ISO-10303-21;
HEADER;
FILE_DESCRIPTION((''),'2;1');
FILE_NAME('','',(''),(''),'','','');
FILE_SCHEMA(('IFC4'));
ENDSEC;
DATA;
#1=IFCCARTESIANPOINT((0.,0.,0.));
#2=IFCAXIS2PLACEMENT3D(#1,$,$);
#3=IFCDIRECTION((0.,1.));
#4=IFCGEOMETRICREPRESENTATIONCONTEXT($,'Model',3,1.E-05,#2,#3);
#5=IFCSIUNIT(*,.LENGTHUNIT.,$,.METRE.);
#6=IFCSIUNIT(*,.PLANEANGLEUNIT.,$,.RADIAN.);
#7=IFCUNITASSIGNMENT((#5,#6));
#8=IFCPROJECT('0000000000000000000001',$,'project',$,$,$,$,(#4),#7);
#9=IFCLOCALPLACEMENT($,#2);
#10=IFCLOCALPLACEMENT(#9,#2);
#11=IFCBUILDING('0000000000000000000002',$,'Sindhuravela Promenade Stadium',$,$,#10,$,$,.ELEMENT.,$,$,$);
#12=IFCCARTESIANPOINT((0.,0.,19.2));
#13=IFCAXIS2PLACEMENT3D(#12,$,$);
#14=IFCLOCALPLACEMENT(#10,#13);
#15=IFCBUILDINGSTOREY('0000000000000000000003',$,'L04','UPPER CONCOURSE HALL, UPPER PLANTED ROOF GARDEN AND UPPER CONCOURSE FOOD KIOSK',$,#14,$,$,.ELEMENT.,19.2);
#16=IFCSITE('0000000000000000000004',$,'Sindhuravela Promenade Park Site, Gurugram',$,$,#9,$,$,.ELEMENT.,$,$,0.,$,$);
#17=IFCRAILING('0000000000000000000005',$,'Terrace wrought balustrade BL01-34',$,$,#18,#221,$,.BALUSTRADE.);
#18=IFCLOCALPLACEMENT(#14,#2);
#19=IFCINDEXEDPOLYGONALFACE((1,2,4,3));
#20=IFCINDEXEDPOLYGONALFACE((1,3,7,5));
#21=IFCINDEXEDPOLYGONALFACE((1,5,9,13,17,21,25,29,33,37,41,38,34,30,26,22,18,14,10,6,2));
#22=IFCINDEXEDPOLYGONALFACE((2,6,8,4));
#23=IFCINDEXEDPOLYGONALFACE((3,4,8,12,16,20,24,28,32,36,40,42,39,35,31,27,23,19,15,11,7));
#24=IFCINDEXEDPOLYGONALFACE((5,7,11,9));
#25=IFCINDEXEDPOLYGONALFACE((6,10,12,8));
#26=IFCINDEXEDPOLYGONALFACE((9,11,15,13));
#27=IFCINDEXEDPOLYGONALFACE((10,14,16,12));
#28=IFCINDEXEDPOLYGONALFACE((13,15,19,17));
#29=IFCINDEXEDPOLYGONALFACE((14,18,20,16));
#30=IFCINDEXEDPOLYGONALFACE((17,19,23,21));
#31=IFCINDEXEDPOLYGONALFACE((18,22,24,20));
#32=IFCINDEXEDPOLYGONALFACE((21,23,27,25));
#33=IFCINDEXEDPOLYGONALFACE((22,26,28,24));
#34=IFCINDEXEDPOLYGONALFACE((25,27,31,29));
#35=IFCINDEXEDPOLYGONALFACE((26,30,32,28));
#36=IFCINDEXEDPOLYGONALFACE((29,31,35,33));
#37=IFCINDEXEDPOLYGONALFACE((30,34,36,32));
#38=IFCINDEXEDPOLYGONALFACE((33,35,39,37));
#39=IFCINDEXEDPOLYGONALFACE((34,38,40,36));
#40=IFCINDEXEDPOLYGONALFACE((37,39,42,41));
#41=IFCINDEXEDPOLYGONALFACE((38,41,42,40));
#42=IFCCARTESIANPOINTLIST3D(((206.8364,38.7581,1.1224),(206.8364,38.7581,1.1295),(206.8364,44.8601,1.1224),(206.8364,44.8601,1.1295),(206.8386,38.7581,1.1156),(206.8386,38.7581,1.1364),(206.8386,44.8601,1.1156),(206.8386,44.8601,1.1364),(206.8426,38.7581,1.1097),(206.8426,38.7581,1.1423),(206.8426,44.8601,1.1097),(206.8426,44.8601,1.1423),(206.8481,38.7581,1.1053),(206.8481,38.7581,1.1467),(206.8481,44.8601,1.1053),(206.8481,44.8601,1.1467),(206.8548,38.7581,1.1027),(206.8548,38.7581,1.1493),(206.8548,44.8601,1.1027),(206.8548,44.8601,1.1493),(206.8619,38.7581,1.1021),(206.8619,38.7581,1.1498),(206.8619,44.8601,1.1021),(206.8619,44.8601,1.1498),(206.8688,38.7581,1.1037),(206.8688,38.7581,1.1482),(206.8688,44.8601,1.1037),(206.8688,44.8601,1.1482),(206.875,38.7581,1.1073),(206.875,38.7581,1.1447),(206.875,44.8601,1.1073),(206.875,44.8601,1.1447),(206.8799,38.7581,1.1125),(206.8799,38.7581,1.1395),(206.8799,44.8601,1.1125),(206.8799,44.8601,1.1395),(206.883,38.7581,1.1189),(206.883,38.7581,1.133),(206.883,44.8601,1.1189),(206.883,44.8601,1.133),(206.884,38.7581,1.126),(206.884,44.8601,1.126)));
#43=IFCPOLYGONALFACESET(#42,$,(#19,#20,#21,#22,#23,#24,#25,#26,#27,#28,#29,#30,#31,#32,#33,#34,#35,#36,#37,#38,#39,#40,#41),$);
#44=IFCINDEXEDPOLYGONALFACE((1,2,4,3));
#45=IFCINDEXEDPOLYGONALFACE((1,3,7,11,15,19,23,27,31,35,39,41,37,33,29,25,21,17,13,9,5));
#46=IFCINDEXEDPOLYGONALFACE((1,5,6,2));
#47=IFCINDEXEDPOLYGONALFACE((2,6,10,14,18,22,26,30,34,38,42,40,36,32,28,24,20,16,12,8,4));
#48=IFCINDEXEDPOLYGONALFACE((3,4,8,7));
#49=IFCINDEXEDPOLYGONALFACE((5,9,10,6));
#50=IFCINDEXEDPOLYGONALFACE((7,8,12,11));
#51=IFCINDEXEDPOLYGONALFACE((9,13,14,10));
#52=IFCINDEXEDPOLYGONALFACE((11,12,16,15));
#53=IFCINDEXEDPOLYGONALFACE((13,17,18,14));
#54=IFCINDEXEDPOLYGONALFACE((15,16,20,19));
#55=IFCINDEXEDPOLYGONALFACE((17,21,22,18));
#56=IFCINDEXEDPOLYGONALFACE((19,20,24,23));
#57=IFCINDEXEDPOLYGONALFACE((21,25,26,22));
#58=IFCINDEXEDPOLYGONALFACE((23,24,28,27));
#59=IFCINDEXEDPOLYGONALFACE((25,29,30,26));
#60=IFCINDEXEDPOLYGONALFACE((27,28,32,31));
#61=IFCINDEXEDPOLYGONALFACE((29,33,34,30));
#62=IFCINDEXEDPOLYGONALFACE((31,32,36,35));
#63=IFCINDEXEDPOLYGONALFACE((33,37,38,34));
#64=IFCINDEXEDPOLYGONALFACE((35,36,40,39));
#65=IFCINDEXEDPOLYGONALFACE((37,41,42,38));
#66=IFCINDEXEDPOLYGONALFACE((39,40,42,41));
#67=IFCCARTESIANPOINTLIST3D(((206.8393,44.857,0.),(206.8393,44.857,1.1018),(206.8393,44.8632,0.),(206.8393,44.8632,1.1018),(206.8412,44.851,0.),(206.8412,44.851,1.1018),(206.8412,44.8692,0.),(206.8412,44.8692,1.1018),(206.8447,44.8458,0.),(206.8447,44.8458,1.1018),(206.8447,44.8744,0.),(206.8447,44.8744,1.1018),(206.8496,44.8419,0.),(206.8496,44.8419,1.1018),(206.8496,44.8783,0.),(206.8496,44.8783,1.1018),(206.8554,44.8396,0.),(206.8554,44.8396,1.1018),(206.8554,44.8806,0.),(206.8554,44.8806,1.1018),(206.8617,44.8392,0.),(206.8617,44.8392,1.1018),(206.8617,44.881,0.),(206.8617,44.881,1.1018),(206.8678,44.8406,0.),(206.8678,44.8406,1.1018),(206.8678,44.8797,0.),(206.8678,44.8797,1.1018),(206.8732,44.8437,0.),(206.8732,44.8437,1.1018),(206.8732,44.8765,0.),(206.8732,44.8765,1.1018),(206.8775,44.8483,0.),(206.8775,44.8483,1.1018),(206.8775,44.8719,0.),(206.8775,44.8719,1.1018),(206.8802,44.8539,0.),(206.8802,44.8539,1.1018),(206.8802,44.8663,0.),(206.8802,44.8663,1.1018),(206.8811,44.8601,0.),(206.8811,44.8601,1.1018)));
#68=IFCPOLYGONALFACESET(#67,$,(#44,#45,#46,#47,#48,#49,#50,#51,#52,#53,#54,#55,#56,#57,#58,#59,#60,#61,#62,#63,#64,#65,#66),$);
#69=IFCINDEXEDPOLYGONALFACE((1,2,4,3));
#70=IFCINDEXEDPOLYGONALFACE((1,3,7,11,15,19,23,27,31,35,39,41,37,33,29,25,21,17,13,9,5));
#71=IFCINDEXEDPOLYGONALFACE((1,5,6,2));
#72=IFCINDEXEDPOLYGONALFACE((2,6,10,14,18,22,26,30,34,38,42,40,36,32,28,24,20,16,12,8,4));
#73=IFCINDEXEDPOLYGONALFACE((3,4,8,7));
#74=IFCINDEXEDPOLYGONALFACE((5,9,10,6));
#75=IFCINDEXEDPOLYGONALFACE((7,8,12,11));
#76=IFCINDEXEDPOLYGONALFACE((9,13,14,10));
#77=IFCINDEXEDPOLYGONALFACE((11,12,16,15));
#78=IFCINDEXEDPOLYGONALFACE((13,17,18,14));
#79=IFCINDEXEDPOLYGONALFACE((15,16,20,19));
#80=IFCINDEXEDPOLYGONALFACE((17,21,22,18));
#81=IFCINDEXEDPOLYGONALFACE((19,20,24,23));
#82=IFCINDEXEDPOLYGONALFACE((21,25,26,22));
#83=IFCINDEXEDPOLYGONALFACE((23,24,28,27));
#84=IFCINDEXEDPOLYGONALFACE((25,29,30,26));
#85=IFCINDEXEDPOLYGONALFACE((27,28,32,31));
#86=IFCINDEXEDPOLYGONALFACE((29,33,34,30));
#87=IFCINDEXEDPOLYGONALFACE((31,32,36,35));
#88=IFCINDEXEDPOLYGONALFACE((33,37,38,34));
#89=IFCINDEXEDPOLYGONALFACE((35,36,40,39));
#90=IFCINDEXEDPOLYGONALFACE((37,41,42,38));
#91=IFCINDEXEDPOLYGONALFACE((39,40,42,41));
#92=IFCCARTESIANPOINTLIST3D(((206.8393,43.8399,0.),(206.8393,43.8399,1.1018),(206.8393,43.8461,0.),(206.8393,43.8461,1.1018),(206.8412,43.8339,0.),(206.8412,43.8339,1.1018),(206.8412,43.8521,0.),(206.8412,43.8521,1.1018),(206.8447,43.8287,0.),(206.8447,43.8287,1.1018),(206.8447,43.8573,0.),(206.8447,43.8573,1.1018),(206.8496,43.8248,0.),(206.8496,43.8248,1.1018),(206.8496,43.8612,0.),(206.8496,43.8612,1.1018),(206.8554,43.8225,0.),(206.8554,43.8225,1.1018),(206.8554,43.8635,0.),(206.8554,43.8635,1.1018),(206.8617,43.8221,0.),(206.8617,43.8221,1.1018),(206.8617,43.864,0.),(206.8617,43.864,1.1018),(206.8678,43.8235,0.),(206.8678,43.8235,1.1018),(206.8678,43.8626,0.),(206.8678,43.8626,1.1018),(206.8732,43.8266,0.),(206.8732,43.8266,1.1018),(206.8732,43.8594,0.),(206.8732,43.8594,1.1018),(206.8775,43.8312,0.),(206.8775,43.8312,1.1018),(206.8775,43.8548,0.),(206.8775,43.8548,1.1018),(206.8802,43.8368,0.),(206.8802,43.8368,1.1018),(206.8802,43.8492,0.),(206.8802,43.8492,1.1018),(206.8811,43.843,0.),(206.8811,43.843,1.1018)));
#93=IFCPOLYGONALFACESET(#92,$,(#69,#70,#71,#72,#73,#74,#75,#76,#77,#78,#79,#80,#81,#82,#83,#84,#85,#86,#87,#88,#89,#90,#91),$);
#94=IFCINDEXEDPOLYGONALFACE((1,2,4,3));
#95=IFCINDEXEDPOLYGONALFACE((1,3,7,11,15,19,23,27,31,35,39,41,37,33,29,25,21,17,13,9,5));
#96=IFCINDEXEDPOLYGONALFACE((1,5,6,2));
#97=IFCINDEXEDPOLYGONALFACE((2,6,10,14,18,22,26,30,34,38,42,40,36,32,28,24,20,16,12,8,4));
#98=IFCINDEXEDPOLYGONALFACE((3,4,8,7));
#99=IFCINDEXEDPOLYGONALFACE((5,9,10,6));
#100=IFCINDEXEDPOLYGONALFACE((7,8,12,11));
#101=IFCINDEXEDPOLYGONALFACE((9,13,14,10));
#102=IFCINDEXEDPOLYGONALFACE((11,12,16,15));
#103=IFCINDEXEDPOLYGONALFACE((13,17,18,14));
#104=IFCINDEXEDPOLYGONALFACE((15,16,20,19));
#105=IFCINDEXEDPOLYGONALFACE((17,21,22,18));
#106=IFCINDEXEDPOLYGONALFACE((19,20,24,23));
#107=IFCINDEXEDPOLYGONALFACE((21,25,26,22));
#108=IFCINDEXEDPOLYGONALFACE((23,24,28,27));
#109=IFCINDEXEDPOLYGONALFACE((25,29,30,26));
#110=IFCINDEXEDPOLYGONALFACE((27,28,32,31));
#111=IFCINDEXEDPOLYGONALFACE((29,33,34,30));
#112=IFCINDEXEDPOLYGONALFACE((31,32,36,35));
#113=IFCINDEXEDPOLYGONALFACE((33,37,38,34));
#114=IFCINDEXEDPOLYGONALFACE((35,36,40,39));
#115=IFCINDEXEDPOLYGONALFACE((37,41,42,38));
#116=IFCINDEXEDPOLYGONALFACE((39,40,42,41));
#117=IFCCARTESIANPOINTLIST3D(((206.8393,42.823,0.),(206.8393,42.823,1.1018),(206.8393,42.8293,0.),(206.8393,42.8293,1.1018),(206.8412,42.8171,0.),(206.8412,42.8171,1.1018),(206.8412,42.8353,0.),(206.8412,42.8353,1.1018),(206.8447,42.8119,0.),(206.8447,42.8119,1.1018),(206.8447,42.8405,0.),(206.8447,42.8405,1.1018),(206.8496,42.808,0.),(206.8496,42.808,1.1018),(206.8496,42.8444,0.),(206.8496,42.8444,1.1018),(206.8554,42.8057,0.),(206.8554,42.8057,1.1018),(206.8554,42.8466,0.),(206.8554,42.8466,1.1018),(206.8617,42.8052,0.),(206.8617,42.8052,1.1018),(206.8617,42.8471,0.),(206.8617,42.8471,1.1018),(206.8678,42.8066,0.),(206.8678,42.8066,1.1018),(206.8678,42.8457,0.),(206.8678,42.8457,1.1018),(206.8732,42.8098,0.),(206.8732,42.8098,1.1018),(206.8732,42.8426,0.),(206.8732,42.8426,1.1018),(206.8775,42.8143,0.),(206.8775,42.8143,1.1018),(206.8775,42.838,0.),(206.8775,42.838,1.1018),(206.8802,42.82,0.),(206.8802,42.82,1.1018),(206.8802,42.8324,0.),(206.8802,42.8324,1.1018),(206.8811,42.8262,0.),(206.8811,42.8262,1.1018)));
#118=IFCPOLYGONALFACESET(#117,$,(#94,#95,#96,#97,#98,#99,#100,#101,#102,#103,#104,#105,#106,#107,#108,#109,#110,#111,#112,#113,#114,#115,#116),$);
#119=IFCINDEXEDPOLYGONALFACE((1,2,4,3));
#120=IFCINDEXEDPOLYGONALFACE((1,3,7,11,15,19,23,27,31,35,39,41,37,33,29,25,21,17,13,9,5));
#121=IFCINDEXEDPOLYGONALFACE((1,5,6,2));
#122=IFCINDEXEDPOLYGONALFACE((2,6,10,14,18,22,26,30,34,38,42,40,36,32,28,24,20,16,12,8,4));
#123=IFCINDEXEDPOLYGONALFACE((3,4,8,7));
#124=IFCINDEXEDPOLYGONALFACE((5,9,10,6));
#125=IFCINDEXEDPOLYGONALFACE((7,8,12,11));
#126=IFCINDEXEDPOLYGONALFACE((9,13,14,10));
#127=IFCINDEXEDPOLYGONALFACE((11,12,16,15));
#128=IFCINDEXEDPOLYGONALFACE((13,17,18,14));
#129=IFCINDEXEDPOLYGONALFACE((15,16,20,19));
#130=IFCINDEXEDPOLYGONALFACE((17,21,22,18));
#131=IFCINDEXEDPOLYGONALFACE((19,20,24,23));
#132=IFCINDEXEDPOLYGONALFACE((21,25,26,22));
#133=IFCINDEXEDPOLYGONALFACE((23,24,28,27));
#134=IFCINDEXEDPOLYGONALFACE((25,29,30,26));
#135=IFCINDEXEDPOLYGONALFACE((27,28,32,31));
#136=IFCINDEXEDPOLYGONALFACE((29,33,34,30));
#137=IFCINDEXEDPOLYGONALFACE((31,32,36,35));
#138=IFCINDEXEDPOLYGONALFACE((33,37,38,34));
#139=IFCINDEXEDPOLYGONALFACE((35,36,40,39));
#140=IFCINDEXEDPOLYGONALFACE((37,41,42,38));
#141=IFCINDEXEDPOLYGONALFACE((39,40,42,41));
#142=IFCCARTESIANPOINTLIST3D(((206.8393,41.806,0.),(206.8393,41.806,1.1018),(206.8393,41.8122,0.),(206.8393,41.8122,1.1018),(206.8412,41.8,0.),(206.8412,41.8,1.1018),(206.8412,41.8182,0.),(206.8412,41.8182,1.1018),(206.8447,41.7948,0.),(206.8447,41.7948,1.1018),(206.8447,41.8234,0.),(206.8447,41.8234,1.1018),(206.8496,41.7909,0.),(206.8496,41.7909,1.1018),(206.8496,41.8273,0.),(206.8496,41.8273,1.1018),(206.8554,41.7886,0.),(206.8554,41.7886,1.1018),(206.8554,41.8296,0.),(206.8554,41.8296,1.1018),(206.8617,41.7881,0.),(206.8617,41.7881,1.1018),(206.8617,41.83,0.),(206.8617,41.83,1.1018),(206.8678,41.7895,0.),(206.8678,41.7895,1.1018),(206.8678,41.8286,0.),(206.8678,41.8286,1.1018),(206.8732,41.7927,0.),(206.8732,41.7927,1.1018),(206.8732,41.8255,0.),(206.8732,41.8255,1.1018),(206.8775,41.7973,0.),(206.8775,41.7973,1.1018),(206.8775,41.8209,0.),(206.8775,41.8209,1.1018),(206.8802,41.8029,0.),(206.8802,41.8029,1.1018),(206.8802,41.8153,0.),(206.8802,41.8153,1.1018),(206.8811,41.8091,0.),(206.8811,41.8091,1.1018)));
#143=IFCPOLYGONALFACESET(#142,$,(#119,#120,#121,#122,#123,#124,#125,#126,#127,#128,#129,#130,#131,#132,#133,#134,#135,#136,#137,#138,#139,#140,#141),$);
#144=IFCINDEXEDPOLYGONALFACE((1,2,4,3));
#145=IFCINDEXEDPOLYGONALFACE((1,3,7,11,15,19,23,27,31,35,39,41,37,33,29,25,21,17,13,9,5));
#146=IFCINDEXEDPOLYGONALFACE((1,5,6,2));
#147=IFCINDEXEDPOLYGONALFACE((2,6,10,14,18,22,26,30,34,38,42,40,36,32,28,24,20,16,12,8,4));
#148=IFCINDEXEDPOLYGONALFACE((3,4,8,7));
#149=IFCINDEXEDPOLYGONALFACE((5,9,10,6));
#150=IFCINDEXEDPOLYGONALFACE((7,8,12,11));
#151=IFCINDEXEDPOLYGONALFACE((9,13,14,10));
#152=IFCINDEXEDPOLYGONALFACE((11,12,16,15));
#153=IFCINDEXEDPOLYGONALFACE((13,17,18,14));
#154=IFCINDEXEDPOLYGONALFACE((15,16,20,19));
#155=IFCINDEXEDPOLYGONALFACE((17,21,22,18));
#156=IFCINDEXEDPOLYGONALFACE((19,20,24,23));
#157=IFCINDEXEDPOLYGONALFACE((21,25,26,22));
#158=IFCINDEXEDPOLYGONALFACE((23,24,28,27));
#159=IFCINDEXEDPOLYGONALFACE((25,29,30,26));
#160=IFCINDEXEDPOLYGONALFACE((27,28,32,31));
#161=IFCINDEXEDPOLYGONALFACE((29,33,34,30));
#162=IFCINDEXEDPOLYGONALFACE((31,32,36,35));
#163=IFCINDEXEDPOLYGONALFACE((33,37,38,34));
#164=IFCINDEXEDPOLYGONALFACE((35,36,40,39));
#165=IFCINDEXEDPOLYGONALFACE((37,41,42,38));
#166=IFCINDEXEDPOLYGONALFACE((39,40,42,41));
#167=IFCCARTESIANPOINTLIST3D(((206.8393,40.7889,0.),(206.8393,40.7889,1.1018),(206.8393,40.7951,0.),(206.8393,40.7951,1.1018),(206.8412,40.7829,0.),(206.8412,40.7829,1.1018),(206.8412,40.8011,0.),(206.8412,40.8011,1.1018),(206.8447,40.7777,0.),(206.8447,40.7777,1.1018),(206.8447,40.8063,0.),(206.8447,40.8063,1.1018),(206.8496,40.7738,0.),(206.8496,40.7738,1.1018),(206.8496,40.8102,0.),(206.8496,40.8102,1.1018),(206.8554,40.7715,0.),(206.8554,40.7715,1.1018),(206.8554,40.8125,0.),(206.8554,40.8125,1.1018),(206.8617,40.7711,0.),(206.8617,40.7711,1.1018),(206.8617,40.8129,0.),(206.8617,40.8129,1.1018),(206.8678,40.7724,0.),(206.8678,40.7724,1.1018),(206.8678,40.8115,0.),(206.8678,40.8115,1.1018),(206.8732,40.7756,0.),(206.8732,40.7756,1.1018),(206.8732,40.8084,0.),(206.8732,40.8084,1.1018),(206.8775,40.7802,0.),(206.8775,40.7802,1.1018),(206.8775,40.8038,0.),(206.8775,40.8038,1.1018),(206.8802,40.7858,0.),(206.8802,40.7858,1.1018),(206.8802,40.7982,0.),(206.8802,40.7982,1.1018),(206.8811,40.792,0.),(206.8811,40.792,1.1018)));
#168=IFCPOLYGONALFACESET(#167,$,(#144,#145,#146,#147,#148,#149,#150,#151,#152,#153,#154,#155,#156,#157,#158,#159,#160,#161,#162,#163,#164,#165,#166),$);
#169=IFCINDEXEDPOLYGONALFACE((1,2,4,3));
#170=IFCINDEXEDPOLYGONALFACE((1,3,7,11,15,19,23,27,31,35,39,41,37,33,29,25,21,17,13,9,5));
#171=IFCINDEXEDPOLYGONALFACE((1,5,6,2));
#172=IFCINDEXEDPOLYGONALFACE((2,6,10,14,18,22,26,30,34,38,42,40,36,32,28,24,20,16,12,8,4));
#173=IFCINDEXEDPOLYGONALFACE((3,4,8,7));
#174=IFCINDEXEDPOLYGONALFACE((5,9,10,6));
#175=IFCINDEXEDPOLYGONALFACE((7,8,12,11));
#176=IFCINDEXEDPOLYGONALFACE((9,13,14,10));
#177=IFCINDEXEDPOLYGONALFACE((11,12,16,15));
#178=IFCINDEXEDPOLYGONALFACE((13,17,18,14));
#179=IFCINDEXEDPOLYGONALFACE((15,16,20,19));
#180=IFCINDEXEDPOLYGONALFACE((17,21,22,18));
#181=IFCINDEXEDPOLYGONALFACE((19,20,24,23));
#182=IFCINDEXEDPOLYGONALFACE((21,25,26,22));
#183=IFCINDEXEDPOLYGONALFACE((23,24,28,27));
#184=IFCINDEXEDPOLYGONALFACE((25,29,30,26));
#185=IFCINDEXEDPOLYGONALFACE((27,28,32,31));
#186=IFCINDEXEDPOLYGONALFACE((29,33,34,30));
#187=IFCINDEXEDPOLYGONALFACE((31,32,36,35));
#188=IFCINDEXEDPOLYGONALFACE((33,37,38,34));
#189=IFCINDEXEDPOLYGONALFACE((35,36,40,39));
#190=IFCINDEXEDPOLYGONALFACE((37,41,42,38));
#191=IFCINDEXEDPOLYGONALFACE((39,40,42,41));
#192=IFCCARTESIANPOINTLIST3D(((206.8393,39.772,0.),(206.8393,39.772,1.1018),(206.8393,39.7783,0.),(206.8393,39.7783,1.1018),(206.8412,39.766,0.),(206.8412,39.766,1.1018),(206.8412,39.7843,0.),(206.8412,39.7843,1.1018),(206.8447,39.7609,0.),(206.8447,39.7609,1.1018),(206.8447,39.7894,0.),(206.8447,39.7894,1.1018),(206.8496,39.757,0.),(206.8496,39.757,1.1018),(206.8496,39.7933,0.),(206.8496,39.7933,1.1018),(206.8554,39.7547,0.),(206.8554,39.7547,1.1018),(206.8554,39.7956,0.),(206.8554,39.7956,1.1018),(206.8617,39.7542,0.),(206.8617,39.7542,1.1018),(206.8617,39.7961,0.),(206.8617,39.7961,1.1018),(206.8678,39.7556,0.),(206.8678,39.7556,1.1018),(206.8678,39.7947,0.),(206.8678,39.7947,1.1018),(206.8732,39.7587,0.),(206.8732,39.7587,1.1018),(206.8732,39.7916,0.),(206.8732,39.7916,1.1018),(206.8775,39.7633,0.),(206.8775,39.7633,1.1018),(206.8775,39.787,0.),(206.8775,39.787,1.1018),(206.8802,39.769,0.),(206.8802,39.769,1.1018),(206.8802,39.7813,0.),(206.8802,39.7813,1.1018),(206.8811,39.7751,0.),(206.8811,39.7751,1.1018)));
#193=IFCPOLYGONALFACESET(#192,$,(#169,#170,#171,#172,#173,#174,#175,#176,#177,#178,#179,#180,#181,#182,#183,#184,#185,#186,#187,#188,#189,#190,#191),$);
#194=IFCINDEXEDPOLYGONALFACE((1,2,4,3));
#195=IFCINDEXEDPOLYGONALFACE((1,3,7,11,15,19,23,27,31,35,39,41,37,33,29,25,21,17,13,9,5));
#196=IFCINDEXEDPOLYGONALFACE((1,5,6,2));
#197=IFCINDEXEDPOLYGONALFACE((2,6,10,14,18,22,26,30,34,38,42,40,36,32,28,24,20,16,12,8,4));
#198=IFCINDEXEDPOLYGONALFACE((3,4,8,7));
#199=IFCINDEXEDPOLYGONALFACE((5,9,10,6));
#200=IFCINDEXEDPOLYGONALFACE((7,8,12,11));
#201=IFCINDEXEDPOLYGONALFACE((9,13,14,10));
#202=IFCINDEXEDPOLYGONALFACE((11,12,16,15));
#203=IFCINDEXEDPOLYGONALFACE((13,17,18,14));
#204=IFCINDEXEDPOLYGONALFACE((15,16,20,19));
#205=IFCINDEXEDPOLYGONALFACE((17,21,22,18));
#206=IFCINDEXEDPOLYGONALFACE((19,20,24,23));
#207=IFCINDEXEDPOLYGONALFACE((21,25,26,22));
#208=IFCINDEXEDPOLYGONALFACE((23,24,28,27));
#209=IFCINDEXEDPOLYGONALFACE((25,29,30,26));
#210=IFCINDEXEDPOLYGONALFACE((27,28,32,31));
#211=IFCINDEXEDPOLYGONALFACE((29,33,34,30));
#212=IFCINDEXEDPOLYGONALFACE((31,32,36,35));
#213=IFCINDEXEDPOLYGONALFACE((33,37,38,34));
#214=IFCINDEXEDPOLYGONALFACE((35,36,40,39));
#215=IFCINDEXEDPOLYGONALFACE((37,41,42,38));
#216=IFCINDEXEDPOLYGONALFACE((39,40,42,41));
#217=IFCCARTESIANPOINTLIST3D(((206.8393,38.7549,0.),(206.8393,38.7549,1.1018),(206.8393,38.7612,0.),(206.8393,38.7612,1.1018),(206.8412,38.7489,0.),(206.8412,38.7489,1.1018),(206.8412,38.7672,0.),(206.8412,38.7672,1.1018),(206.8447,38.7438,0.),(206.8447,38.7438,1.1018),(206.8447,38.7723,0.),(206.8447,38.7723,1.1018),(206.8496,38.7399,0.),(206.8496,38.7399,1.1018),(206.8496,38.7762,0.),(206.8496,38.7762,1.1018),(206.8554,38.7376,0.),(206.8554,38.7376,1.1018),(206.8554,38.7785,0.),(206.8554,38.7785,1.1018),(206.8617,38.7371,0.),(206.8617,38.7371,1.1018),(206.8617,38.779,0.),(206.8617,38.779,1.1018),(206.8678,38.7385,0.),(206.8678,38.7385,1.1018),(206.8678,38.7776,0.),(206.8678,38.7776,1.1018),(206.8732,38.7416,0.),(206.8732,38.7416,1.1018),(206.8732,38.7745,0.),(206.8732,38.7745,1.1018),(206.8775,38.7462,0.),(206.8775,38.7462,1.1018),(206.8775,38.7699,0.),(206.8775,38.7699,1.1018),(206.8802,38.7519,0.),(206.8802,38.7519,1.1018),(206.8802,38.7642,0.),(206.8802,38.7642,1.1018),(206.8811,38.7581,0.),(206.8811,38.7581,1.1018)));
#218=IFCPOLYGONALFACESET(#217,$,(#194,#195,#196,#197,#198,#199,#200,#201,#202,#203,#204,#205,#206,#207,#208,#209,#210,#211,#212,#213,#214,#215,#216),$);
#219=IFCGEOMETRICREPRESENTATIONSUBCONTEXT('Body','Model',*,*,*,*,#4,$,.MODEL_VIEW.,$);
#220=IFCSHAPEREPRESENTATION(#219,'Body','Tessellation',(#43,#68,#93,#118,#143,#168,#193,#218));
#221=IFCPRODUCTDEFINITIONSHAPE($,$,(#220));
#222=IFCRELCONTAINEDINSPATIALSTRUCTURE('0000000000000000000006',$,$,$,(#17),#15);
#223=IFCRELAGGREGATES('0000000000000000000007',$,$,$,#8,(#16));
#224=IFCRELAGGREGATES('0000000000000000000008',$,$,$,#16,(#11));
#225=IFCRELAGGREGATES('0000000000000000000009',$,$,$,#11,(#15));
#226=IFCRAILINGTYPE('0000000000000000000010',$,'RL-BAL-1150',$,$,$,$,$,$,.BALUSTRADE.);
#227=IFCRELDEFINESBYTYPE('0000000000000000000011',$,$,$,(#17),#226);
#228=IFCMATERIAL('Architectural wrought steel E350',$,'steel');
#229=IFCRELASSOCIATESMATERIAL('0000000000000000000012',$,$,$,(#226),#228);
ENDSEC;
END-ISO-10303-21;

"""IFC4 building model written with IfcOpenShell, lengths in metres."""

from ifc_helpers import new_model, si_unit, direction, frame, origin, origin_2d, place, context, subcontext, project, spatial, circle, extrude, material, type_object, element, save


model = new_model("IFC4")

# Units and contexts
model_context = context("Model", 3, precision=1e-05, world=origin(), true_north=direction((0.0, 1.0)))
body_context = subcontext(model_context, "Body", "Model", "MODEL_VIEW")
ifc_project = project(units=[si_unit("LENGTHUNIT", "METRE"), si_unit("PLANEANGLEUNIT", "RADIAN")], contexts=[model_context])

# Site, building, storey
site_placement = place(None, origin())
site = spatial("IfcSite", under=ifc_project, at=site_placement, Name="Sindhuravela Promenade Park Site, Gurugram", CompositionType="ELEMENT", RefElevation=0.0)
building_placement = place(site_placement, origin())
building = spatial("IfcBuilding", under=site, at=building_placement, Name="Sindhuravela Promenade Stadium", CompositionType="ELEMENT")
storey_placement = place(building_placement, frame((0.0, 0.0, 19.2)))
storey = spatial("IfcBuildingStorey", under=building, at=storey_placement, Name="L04", Description="UPPER CONCOURSE HALL, UPPER PLANTED ROOF GARDEN AND UPPER CONCOURSE FOOD KIOSK", CompositionType="ELEMENT", Elevation=19.2)

# Railing
ifc_material_1 = material(Name="Architectural wrought steel E350", Category="steel")
railing_type = type_object("IfcRailingType", Name="RL-BAL-1150", PredefinedType="BALUSTRADE", material=ifc_material_1)
railing_1_placement = place(storey_placement, frame((206.8601, 44.8601, 0.0)))
element("IfcRailing", 1, at=railing_1_placement, inside=storey, type_object=railing_type, Name="Terrace wrought balustrade BL01-34", PredefinedType="BALUSTRADE", context=body_context, shape_type="SweptSolid", body=[
    extrude(circle(Radius=0.0239, at=origin_2d()), frame((0.0, 0.0, 1.126), z_axis=(0.0, -1.0, 0.0), x_axis=(1.0, 0.0, 0.0)), (0.0, 0.0, 1.0), 6.1021),
    extrude(circle(Radius=0.021, at=origin_2d()), origin(), (0.0, 0.0, 1.0), 1.1018),
    extrude(circle(Radius=0.021, at=origin_2d()), frame((0.0, -1.0171, 0.0)), (0.0, 0.0, 1.0), 1.1018),
    extrude(circle(Radius=0.021, at=origin_2d()), frame((0.0, -2.0339, 0.0)), (0.0, 0.0, 1.0), 1.1018),
    extrude(circle(Radius=0.021, at=origin_2d()), frame((0.0, -3.051, 0.0)), (0.0, 0.0, 1.0), 1.1018),
    extrude(circle(Radius=0.021, at=origin_2d()), frame((0.0, -4.0681, 0.0)), (0.0, 0.0, 1.0), 1.1018),
    extrude(circle(Radius=0.021, at=origin_2d()), frame((0.0, -5.085, 0.0)), (0.0, 0.0, 1.0), 1.1018),
    extrude(circle(Radius=0.021, at=origin_2d()), frame((0.0, -6.1021, 0.0)), (0.0, 0.0, 1.0), 1.1018),
])

save(model, "model.ifc")
